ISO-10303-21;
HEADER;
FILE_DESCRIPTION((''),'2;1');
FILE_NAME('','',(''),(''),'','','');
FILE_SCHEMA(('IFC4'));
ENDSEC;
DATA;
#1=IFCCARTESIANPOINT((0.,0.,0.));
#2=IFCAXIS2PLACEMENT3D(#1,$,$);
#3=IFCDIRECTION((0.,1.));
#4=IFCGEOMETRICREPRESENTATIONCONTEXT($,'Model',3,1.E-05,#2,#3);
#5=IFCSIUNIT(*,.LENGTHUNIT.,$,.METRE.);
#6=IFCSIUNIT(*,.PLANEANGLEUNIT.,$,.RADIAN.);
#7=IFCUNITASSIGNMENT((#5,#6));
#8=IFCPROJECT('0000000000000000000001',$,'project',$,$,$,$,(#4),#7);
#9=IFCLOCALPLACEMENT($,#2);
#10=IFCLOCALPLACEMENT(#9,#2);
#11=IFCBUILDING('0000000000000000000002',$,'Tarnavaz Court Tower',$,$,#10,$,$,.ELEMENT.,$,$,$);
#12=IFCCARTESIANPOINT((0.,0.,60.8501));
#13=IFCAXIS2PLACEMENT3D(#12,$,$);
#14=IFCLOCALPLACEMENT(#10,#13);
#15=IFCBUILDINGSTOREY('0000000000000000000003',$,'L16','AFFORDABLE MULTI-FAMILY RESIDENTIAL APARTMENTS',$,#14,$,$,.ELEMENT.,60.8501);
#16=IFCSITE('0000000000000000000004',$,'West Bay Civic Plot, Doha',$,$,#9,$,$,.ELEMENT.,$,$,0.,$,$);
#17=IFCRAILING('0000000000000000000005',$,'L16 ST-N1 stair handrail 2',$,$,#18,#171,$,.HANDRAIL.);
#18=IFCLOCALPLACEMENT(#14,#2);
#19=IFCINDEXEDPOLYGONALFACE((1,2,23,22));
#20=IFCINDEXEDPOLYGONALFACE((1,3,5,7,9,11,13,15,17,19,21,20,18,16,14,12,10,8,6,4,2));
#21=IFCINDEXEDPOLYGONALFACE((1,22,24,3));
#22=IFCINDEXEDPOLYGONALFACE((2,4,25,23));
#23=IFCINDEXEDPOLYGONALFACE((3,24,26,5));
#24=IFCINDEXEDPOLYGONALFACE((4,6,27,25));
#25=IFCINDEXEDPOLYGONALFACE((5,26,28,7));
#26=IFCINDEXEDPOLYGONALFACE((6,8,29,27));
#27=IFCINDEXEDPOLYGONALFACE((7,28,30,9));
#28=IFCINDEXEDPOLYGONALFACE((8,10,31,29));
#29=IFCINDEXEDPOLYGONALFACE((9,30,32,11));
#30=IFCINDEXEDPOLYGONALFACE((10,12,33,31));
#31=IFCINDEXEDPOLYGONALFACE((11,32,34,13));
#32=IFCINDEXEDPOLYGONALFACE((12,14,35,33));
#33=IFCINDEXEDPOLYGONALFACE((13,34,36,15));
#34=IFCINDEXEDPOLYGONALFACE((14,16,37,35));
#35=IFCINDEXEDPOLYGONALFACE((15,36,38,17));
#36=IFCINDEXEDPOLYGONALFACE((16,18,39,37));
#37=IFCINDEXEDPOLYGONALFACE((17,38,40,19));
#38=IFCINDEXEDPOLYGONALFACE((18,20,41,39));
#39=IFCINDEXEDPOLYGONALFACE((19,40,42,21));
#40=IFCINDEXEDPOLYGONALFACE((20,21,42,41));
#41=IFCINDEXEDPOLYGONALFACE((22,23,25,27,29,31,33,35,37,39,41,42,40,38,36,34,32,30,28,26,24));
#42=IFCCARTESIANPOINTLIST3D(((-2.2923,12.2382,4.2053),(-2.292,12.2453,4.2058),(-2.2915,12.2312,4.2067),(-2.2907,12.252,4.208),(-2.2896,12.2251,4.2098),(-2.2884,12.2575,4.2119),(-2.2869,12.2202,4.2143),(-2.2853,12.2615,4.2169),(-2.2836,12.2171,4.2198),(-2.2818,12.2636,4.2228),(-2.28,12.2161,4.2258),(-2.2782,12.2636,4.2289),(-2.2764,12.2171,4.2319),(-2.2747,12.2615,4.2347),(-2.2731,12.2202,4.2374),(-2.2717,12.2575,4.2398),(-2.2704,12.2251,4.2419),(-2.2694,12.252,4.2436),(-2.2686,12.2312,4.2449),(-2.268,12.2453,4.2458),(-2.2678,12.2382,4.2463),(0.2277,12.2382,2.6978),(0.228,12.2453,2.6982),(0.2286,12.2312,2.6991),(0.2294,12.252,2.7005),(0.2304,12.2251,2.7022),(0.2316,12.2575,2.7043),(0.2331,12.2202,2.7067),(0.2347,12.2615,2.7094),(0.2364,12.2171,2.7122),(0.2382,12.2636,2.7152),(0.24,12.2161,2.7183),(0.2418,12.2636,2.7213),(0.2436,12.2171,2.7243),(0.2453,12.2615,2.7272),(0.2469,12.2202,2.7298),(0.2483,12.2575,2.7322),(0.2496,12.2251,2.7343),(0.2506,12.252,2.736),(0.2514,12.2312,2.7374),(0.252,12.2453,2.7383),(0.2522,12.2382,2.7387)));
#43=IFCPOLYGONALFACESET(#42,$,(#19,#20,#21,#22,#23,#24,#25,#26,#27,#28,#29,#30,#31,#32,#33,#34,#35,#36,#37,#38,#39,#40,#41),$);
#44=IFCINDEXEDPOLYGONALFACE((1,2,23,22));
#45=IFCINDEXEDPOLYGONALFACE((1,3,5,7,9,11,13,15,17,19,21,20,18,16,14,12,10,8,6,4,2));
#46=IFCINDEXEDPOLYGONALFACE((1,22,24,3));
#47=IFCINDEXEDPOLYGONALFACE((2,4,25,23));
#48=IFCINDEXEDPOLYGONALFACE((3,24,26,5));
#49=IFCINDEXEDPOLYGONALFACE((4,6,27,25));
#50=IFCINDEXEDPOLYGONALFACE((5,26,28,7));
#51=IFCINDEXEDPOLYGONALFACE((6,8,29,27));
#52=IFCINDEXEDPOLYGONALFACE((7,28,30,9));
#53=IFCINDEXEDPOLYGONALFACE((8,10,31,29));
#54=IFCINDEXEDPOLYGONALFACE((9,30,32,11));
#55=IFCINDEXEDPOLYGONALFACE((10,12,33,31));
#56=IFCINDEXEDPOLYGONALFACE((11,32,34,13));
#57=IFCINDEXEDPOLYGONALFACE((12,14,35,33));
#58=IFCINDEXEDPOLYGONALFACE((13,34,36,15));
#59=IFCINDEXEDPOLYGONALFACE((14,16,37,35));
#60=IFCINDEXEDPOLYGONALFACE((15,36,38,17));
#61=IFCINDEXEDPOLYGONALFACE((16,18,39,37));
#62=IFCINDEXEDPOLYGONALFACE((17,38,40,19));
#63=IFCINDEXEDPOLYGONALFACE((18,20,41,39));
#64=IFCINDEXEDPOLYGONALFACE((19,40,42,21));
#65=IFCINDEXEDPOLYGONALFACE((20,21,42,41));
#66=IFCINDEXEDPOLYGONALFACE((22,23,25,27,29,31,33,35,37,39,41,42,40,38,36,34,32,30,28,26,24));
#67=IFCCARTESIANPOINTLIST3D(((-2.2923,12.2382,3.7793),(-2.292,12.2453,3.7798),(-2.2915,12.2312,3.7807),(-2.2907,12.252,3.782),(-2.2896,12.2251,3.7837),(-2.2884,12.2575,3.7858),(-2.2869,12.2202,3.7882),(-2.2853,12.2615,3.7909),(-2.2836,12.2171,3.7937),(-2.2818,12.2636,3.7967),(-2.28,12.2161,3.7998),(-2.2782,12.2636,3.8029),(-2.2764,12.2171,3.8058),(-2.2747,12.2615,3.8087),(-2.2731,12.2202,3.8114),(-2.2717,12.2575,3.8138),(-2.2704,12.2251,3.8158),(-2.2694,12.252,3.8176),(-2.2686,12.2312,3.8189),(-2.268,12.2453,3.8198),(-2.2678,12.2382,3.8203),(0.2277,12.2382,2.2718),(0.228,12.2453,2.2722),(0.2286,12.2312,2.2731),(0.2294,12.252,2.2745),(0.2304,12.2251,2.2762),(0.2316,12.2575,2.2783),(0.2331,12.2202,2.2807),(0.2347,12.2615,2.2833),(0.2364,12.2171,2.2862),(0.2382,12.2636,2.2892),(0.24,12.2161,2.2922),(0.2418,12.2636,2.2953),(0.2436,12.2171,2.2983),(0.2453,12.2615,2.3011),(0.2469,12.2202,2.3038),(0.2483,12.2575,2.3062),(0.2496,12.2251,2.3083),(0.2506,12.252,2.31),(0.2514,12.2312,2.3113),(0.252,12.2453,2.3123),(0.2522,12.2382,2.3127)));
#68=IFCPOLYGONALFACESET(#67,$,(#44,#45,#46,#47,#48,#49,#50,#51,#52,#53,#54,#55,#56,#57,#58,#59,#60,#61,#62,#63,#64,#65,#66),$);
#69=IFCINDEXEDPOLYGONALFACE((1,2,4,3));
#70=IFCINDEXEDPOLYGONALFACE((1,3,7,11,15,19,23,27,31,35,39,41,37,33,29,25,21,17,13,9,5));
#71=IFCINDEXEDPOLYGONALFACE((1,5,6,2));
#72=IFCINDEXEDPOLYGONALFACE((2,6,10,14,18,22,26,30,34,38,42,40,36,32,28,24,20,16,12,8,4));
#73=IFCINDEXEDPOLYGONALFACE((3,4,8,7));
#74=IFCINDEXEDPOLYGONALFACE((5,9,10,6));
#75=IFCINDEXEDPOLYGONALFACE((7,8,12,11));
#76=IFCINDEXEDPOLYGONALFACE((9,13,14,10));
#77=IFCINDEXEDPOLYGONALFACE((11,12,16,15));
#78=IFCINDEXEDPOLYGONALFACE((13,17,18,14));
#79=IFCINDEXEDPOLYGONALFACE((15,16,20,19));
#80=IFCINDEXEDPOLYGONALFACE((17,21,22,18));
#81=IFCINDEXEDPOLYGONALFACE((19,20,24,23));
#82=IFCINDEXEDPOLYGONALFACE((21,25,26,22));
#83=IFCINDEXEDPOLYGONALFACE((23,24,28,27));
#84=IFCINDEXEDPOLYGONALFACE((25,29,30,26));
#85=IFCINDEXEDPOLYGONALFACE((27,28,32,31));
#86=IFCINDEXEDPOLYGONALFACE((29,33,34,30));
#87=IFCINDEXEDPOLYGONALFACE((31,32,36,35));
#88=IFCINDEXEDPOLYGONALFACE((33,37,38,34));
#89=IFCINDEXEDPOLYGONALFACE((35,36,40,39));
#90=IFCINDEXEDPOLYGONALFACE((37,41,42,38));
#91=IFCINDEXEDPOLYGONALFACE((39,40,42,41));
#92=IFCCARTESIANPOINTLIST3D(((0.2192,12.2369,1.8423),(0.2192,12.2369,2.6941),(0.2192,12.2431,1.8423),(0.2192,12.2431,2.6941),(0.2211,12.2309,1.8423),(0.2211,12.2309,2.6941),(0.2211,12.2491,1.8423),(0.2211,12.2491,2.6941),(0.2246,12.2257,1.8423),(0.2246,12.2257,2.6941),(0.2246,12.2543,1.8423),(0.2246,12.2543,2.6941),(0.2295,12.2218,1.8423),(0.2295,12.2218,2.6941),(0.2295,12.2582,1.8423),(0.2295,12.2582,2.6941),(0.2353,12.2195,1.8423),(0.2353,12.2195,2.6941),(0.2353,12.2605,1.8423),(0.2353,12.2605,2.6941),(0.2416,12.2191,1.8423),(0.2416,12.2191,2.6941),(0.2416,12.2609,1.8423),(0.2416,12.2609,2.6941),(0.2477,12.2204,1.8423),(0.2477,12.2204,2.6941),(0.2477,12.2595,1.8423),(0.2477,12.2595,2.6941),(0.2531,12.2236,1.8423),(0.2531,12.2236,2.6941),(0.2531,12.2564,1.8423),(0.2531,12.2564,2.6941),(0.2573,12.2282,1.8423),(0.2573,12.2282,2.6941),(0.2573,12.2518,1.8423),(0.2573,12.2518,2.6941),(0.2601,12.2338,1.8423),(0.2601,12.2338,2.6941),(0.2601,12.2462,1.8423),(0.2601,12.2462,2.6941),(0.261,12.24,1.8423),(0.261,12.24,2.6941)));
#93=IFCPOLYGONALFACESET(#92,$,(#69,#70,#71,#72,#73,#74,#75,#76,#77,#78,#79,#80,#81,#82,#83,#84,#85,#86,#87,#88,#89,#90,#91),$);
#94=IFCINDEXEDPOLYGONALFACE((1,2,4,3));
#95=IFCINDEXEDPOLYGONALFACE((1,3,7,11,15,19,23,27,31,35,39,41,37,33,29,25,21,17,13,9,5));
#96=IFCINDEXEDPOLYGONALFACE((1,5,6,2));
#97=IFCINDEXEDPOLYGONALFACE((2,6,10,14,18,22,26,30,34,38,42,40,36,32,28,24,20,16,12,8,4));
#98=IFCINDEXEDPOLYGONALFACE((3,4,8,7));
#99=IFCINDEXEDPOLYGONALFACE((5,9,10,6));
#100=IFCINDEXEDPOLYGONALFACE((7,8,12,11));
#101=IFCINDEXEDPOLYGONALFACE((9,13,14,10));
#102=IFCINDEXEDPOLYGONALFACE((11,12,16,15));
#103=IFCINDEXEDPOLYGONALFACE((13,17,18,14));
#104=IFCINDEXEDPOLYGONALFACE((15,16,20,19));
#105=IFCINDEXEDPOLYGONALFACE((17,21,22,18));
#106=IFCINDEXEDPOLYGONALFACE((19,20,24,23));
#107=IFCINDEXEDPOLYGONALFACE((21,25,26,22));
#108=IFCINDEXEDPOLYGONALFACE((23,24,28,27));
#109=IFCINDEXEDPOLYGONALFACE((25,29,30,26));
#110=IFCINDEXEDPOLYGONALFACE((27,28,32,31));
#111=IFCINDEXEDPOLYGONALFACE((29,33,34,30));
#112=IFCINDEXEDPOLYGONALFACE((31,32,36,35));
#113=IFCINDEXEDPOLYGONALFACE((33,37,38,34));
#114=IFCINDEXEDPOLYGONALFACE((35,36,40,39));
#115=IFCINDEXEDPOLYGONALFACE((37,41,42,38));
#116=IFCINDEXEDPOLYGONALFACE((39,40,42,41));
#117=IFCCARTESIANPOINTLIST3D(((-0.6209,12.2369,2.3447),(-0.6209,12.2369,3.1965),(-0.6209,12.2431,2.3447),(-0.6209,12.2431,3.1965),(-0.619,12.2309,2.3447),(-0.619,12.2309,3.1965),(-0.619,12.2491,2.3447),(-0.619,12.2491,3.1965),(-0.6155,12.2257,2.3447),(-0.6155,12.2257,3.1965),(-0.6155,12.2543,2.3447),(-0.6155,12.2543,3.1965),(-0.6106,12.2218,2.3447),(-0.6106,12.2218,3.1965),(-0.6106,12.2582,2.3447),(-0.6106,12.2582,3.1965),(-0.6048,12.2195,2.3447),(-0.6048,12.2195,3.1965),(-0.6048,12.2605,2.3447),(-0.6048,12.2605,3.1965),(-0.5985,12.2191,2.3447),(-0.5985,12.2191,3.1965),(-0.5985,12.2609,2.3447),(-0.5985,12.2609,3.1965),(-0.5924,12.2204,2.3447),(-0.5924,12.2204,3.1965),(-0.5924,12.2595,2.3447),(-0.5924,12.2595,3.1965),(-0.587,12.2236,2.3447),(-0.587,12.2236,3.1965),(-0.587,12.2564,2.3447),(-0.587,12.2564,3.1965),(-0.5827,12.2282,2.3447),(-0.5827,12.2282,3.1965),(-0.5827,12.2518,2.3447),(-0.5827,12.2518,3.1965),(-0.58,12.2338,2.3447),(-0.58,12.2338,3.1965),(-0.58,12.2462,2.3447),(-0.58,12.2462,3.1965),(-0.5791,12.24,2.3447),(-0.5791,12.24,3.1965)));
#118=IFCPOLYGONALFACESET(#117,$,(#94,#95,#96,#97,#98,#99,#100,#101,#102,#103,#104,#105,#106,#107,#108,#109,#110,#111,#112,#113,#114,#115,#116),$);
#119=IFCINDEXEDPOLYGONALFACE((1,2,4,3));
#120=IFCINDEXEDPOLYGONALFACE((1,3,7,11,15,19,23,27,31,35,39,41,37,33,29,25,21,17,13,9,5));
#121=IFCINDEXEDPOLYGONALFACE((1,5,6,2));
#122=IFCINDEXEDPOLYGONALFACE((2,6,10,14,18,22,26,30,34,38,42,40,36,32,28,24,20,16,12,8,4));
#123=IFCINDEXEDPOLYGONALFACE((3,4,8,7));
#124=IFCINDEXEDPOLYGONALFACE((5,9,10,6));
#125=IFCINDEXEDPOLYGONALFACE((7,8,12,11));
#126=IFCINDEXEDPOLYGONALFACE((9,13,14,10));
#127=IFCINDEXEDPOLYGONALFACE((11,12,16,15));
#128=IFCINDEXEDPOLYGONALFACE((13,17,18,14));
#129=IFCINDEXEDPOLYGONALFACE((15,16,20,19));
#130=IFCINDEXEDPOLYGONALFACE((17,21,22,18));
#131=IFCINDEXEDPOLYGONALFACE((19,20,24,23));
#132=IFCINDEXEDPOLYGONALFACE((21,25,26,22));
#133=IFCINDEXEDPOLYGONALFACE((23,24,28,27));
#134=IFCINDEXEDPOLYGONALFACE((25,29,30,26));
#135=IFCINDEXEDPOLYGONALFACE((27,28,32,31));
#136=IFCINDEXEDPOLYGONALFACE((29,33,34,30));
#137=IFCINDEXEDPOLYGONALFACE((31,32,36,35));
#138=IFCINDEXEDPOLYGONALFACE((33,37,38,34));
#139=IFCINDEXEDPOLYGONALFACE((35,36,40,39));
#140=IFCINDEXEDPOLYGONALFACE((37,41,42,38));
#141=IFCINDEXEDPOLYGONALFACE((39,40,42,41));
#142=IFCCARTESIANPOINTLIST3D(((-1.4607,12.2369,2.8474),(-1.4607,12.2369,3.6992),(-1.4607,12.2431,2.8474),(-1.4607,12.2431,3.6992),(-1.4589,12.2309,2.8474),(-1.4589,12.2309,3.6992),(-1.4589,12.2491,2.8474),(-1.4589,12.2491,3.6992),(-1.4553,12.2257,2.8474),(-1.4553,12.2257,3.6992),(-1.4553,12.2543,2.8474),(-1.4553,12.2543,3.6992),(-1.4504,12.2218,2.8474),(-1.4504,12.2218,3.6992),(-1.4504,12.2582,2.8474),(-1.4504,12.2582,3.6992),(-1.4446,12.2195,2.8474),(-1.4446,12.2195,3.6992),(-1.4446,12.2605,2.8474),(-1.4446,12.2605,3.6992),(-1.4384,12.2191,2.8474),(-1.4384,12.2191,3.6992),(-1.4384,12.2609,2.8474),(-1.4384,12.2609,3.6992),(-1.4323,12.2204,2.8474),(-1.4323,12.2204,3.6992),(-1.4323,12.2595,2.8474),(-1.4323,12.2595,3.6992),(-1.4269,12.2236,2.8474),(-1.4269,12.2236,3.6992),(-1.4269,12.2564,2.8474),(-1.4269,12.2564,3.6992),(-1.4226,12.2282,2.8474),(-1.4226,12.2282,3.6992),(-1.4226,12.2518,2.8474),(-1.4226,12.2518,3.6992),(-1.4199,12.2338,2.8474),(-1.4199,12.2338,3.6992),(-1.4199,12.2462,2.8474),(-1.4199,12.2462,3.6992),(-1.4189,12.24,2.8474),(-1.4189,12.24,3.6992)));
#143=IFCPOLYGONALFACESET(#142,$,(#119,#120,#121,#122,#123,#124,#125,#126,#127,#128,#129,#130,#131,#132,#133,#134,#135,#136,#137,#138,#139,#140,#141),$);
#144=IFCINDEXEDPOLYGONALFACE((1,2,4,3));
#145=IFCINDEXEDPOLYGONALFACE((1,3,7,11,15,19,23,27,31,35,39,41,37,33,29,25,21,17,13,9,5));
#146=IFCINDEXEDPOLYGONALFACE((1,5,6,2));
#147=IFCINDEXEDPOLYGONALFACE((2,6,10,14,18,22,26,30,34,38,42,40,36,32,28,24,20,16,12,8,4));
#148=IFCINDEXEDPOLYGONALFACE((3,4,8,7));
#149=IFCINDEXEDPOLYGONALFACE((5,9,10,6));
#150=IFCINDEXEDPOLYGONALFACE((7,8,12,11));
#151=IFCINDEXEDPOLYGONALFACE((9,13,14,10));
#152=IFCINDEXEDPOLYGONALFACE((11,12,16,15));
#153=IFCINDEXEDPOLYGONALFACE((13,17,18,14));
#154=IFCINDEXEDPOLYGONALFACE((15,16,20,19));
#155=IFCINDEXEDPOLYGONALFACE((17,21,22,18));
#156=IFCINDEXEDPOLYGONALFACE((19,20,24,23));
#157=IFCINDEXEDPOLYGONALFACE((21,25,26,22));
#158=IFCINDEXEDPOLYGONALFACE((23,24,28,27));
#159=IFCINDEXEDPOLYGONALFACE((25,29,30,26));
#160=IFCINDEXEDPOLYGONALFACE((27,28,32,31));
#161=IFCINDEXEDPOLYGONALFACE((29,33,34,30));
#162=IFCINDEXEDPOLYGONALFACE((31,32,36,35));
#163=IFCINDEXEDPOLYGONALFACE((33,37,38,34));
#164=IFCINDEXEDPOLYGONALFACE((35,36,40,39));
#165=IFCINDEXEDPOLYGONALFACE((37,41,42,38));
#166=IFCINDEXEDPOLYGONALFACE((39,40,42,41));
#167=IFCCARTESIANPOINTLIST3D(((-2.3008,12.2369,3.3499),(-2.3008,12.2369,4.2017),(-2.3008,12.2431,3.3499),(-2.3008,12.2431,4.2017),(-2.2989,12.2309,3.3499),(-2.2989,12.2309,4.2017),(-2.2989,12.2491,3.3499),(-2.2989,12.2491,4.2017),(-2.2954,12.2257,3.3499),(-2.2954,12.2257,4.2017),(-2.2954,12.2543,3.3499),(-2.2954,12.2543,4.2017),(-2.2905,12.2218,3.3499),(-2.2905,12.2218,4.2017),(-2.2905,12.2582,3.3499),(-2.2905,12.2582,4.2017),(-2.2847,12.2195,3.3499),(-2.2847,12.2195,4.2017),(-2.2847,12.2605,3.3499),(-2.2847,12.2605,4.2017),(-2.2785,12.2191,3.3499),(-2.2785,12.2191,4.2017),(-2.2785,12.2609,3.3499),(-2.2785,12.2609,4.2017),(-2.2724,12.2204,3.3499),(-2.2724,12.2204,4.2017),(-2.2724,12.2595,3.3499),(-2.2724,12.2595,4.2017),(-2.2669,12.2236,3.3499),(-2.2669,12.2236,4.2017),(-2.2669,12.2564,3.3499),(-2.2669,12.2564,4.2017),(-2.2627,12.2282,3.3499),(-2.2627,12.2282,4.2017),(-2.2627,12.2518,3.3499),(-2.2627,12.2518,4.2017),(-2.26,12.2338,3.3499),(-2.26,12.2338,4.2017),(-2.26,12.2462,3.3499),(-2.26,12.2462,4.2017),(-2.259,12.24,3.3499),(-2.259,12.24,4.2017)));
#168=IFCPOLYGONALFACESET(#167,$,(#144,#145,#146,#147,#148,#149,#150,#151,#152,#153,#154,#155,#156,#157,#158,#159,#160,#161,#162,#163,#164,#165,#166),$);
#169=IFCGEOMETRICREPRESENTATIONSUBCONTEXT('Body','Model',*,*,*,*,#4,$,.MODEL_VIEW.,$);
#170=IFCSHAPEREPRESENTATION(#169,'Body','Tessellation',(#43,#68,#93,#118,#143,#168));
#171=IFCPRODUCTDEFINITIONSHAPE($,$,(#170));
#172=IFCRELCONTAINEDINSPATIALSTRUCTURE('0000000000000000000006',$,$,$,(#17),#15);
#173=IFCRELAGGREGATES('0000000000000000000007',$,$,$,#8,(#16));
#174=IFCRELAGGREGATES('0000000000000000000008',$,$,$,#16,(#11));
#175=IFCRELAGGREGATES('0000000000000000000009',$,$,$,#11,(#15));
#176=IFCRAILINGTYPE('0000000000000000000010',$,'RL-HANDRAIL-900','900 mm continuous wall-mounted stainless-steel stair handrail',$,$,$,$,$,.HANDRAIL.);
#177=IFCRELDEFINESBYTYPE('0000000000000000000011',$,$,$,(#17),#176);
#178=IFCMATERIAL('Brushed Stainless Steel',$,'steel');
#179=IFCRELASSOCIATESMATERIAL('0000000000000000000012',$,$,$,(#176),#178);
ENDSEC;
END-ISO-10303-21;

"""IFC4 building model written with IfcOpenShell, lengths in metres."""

from ifc_helpers import new_model, si_unit, direction, frame, origin, origin_2d, place, context, subcontext, project, spatial, circle, extrude, material, type_object, element, save


model = new_model("IFC4")

# Units and contexts
model_context = context("Model", 3, precision=1e-05, world=origin(), true_north=direction((0.0, 1.0)))
body_context = subcontext(model_context, "Body", "Model", "MODEL_VIEW")
ifc_project = project(units=[si_unit("LENGTHUNIT", "METRE"), si_unit("PLANEANGLEUNIT", "RADIAN")], contexts=[model_context])

# Site, building, storey
site_placement = place(None, origin())
site = spatial("IfcSite", under=ifc_project, at=site_placement, Name="West Bay Civic Plot, Doha", CompositionType="ELEMENT", RefElevation=0.0)
building_placement = place(site_placement, origin())
building = spatial("IfcBuilding", under=site, at=building_placement, Name="Tarnavaz Court Tower", CompositionType="ELEMENT")
storey_placement = place(building_placement, frame((0.0, 0.0, 60.8501)))
storey = spatial("IfcBuildingStorey", under=building, at=storey_placement, Name="L16", Description="AFFORDABLE MULTI-FAMILY RESIDENTIAL APARTMENTS", CompositionType="ELEMENT", Elevation=60.8501)

# Railing
ifc_material_1 = material(Name="Brushed Stainless Steel", Category="steel")
railing_type_1 = type_object("IfcRailingType", Name="RL-HANDRAIL-900", Description="900 mm continuous wall-mounted stainless-steel stair handrail", PredefinedType="HANDRAIL", material=ifc_material_1)
railing_1_placement = place(storey_placement, frame((0.24, 12.24, 1.8423)))
element("IfcRailing", 1, at=railing_1_placement, inside=storey, type_object=railing_type_1, Name="L16 ST-N1 stair handrail 2", PredefinedType="HANDRAIL", context=body_context, shape_type="SweptSolid", body=[
    extrude(circle(Radius=0.0239, at=origin_2d()), frame((0.0, 0.0, 0.876), z_axis=(-0.85816, 0.0, 0.513383), x_axis=(0.0, -1.0, 0.0)), (0.0, 0.0, 1.0), 2.9365),
    extrude(circle(Radius=0.0239, at=origin_2d()), frame((0.0, 0.0, 0.45), z_axis=(-0.85816, 0.0, 0.513383), x_axis=(0.0, -1.0, 0.0)), (0.0, 0.0, 1.0), 2.9365),
    extrude(circle(Radius=0.021, at=origin_2d()), origin(), (0.0, 0.0, 1.0), 0.8518),
    extrude(circle(Radius=0.021, at=origin_2d()), frame((-0.8401, 0.0, 0.5024)), (0.0, 0.0, 1.0), 0.8518),
    extrude(circle(Radius=0.021, at=origin_2d()), frame((-1.6799, 0.0, 1.0051)), (0.0, 0.0, 1.0), 0.8518),
    extrude(circle(Radius=0.021, at=origin_2d()), frame((-2.52, 0.0, 1.5076)), (0.0, 0.0, 1.0), 0.8518),
])

save(model, "model.ifc")
